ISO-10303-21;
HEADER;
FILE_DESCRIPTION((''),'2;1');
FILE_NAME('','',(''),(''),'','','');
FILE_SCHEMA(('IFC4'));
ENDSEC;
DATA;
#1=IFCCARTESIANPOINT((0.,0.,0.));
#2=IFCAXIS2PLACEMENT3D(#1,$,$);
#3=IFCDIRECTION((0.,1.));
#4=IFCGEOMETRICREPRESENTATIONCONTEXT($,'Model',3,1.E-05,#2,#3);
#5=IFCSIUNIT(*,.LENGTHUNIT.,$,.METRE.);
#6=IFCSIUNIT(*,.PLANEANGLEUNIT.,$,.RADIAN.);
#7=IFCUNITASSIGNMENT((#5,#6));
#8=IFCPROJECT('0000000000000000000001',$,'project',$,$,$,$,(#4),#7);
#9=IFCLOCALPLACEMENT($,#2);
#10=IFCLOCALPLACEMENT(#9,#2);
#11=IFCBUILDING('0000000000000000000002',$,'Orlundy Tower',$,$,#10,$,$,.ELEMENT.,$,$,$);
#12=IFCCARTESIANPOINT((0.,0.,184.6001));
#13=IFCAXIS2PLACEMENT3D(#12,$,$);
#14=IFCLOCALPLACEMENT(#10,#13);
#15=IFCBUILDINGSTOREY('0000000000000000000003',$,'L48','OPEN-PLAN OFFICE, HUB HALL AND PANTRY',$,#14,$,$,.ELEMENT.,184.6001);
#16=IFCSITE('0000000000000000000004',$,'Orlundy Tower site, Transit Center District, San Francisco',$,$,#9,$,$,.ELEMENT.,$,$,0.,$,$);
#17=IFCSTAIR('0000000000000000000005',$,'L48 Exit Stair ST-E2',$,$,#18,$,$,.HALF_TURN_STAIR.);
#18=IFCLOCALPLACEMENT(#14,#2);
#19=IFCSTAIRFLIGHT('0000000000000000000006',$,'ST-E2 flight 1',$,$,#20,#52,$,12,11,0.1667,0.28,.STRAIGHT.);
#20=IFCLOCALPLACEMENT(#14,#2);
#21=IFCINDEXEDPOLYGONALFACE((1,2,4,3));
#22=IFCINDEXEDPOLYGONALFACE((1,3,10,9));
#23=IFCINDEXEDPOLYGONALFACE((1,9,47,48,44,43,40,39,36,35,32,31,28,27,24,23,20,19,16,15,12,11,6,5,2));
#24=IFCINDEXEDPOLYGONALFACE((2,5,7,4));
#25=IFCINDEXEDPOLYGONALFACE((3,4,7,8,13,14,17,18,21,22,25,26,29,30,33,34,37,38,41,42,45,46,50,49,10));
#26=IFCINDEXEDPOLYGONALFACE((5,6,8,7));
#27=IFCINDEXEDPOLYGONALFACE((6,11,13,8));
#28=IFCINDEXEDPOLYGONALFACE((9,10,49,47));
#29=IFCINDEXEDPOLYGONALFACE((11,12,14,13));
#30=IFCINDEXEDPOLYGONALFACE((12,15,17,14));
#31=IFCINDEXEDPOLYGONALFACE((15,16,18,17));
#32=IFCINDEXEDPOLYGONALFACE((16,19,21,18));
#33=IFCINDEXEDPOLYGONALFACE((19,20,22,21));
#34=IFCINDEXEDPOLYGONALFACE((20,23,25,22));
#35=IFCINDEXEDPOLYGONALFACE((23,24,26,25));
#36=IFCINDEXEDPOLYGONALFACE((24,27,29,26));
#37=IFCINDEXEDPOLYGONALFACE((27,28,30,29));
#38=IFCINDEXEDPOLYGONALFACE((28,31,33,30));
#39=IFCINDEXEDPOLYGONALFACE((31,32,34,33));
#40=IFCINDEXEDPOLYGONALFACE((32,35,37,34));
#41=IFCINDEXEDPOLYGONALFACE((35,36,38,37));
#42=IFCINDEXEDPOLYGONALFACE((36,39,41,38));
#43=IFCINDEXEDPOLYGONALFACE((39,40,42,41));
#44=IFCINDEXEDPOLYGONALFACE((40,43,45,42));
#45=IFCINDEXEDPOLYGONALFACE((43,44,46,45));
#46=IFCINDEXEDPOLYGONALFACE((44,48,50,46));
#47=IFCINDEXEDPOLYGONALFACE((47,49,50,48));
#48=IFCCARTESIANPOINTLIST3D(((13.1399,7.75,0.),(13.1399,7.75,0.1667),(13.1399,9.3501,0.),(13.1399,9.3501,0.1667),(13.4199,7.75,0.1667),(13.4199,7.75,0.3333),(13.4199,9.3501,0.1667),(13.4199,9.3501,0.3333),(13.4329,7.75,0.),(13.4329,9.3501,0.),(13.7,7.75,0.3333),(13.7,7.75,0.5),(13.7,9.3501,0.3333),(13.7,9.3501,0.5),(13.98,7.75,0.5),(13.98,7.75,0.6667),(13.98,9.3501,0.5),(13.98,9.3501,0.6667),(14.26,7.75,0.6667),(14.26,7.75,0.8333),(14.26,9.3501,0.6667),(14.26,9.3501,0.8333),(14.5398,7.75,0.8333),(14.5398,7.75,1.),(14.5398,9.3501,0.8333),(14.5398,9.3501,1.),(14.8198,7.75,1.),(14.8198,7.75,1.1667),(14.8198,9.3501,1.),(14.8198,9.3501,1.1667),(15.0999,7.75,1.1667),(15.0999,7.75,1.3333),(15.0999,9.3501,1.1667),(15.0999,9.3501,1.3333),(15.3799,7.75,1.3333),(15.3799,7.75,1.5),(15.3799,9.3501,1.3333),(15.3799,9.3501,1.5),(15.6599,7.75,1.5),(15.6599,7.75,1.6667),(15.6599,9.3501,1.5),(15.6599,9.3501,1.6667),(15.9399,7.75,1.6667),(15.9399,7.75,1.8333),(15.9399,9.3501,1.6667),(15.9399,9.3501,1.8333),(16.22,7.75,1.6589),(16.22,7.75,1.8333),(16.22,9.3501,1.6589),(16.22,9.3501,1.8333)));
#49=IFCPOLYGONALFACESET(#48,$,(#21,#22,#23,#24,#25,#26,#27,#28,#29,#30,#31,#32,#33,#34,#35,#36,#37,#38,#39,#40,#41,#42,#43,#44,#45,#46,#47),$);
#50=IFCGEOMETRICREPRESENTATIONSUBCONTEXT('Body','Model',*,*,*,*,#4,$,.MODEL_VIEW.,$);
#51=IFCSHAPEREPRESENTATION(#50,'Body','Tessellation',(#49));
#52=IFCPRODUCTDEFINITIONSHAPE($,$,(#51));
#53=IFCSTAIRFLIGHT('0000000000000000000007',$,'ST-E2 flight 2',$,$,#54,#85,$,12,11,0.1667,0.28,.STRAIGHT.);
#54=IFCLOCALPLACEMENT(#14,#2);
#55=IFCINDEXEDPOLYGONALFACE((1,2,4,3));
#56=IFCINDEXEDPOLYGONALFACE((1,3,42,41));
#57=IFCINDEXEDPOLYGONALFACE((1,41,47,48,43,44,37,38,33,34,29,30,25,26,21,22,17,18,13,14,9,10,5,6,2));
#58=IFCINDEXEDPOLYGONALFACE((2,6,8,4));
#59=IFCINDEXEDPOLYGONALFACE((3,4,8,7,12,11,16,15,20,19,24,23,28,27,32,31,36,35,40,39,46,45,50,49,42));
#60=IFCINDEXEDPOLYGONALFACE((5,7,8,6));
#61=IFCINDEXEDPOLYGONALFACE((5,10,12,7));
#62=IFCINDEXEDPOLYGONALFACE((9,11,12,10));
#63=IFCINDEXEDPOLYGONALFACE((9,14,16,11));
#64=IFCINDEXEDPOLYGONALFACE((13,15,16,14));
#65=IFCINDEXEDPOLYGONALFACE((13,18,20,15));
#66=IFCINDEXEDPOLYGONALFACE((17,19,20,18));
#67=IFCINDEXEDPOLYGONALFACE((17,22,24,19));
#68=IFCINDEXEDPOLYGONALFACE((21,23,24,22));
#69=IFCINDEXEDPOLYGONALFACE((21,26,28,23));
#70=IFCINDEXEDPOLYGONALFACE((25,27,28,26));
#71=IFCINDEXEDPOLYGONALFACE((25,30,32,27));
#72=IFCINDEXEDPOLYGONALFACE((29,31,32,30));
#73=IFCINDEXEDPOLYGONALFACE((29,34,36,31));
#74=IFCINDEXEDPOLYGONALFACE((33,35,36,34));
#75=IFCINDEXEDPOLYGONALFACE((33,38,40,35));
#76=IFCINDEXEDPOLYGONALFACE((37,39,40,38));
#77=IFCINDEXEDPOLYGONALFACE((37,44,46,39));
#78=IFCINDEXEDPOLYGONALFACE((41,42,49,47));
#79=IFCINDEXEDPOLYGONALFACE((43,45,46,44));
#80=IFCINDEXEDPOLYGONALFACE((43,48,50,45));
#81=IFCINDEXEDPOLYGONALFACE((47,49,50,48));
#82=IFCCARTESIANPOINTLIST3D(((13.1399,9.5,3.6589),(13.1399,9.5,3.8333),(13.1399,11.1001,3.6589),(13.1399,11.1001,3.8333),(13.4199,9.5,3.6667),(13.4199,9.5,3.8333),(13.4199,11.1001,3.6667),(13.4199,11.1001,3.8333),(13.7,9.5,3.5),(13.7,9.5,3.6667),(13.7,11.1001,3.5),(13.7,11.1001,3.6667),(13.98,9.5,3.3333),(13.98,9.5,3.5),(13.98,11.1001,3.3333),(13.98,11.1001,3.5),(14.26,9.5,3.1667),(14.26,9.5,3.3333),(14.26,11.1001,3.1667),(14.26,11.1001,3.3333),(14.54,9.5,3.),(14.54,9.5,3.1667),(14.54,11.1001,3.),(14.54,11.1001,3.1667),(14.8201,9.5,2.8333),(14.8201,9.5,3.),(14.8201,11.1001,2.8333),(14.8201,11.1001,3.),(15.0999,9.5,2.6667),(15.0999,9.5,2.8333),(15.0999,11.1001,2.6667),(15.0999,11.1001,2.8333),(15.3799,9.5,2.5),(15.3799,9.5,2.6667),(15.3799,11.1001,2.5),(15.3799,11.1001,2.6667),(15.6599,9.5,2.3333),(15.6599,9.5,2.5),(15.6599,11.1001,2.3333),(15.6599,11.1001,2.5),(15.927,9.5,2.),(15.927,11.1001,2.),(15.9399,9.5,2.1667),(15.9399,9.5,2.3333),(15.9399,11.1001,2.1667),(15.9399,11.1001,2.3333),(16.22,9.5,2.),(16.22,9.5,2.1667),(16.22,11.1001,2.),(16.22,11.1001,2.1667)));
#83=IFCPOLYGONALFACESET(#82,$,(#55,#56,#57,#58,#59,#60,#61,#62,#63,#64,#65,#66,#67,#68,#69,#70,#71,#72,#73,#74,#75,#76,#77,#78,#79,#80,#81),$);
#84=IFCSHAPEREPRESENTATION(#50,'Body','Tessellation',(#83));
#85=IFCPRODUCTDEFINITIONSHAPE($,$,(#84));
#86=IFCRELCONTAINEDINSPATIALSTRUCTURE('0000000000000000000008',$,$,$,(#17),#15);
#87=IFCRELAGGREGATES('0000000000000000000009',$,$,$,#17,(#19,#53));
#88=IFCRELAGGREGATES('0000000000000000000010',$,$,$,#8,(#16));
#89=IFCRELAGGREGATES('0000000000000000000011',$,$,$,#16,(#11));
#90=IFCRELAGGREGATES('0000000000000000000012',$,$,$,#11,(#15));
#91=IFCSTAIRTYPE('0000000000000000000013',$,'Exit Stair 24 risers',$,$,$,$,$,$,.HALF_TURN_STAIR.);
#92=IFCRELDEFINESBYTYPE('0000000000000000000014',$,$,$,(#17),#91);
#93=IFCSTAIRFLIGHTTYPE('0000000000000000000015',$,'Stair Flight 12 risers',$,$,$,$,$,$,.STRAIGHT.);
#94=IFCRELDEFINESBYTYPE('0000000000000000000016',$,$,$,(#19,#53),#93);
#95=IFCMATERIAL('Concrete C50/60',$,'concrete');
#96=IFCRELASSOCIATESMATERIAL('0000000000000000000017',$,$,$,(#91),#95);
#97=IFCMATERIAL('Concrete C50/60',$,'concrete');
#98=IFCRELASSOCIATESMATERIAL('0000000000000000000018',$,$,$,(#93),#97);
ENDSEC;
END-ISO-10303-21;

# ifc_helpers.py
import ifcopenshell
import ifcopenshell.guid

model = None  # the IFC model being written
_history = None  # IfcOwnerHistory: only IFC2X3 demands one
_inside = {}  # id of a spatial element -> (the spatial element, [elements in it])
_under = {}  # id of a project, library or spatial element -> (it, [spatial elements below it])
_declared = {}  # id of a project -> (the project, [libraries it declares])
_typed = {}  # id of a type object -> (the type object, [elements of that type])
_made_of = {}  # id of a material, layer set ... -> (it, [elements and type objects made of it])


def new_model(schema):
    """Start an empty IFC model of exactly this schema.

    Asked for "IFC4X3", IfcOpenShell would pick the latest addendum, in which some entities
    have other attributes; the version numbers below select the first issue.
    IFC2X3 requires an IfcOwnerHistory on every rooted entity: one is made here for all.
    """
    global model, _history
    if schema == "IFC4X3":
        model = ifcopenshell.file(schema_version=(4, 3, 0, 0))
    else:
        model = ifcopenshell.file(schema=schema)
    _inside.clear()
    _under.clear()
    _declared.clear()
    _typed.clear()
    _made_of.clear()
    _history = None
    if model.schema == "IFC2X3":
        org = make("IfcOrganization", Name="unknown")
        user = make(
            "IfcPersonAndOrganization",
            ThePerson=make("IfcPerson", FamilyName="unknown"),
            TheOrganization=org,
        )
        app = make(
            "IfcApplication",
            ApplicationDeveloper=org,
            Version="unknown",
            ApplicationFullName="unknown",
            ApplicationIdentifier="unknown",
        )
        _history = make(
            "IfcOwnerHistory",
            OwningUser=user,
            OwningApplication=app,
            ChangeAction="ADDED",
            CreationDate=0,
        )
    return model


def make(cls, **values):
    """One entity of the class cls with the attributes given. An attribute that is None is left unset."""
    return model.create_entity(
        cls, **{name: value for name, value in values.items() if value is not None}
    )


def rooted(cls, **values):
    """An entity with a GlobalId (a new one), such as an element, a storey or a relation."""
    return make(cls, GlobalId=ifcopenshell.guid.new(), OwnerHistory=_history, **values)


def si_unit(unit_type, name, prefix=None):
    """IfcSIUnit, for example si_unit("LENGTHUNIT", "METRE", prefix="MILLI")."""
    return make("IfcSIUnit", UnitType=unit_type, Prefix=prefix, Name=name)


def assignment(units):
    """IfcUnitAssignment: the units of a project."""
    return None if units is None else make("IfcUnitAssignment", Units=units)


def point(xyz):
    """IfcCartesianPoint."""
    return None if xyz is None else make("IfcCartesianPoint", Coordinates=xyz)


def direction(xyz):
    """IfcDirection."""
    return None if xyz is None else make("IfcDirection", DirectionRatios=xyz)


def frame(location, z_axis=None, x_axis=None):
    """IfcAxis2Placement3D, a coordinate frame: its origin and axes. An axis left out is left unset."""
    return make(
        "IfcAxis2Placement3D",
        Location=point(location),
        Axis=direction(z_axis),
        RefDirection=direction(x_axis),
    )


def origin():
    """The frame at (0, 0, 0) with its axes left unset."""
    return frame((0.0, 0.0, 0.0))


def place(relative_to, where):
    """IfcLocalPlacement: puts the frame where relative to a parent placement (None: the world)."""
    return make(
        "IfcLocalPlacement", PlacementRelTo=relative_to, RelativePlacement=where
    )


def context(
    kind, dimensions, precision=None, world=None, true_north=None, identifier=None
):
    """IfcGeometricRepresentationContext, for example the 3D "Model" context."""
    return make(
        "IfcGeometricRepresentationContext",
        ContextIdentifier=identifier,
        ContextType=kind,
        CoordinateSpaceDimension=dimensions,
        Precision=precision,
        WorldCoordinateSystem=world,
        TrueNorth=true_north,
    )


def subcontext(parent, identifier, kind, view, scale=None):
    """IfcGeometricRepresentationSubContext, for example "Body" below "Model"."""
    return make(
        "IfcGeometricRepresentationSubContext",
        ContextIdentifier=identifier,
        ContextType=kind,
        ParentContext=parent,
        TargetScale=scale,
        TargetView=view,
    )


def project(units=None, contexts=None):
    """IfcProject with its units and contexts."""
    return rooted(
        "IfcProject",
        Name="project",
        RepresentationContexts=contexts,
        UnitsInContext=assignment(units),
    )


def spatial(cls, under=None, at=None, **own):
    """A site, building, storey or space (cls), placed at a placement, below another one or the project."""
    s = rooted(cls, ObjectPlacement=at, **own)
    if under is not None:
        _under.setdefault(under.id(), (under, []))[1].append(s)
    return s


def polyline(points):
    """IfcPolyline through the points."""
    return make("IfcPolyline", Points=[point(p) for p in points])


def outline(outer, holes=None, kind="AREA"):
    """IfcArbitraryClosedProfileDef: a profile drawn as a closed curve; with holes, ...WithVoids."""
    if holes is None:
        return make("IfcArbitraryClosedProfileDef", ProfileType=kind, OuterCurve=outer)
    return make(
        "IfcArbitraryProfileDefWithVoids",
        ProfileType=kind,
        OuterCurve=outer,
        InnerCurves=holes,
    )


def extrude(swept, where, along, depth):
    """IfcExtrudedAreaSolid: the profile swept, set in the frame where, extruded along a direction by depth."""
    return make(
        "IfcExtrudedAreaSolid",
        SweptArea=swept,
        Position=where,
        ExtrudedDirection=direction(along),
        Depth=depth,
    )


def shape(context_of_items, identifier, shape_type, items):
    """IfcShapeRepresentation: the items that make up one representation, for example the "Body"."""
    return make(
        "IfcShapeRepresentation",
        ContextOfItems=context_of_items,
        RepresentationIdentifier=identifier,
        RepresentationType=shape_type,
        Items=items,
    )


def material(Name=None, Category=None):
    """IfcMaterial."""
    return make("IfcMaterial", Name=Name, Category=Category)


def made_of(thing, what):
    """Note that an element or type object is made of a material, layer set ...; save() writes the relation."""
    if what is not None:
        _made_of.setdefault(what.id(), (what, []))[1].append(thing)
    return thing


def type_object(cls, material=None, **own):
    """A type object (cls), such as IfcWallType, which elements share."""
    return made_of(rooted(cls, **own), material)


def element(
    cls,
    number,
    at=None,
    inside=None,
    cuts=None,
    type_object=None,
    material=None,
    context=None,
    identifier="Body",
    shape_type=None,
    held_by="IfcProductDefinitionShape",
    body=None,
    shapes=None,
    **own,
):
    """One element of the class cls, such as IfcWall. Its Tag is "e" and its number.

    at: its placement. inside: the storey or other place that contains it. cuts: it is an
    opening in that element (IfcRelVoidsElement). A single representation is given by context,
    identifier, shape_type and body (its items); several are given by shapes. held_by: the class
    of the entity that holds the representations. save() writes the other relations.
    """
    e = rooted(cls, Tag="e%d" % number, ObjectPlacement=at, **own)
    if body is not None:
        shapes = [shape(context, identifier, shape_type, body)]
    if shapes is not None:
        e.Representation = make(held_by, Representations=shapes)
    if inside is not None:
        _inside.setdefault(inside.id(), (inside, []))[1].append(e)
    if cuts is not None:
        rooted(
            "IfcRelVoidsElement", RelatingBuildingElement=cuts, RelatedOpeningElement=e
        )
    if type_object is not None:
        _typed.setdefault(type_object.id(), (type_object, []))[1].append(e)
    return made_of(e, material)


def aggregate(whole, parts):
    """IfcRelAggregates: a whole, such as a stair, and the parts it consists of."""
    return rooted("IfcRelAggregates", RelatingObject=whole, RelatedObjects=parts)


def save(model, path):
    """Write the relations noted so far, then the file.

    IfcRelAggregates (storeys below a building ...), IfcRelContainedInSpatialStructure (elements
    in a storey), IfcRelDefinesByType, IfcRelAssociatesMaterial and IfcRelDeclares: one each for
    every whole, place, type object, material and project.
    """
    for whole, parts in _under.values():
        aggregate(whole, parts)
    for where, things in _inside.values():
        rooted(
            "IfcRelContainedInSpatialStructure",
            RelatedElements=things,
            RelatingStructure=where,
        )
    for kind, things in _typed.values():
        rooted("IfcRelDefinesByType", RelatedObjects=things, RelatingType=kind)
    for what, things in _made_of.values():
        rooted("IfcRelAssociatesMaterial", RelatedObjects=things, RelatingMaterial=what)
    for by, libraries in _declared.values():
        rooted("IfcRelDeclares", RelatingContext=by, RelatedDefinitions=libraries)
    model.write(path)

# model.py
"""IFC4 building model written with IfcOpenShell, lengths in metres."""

from ifc_helpers import new_model, si_unit, direction, frame, origin, place, context, subcontext, project, spatial, polyline, outline, extrude, material, type_object, element, aggregate, save


model = new_model("IFC4")

# Units and contexts
model_context = context("Model", 3, precision=1e-05, world=origin(), true_north=direction((0.0, 1.0)))
body_context = subcontext(model_context, "Body", "Model", "MODEL_VIEW")
ifc_project = project(units=[si_unit("LENGTHUNIT", "METRE"), si_unit("PLANEANGLEUNIT", "RADIAN")], contexts=[model_context])

# Site, building, storey
site_placement = place(None, origin())
site = spatial("IfcSite", under=ifc_project, at=site_placement, Name="Orlundy Tower site, Transit Center District, San Francisco", CompositionType="ELEMENT", RefElevation=0.0)
building_placement = place(site_placement, origin())
building = spatial("IfcBuilding", under=site, at=building_placement, Name="Orlundy Tower", CompositionType="ELEMENT")
storey_placement = place(building_placement, frame((0.0, 0.0, 184.6001)))
storey = spatial("IfcBuildingStorey", under=building, at=storey_placement, Name="L48", Description="OPEN-PLAN OFFICE, HUB HALL AND PANTRY", CompositionType="ELEMENT", Elevation=184.6001)

# Stair, stair flights
ifc_material_1 = material(Name="Concrete C50/60", Category="concrete")
stair_type = type_object("IfcStairType", Name="Exit Stair 24 risers", PredefinedType="HALF_TURN_STAIR", material=ifc_material_1)
stair_placement = place(storey_placement, origin())
stair = element("IfcStair", 1, at=stair_placement, inside=storey, type_object=stair_type, Name="L48 Exit Stair ST-E2", PredefinedType="HALF_TURN_STAIR")
ifc_material_2 = material(Name="Concrete C50/60", Category="concrete")
stair_flight_type = type_object("IfcStairFlightType", Name="Stair Flight 12 risers", PredefinedType="STRAIGHT", material=ifc_material_2)
stair_flight_1_placement = place(storey_placement, frame((13.1399, 8.55, 0.0), z_axis=(0.0, 0.0, 1.0), x_axis=(1.0, 0.0, 0.0)))
stair_flight_1 = element("IfcStairFlight", 2, at=stair_flight_1_placement, type_object=stair_flight_type, Name="ST-E2 flight 1", NumberOfRisers=12, NumberOfTreads=11, PredefinedType="STRAIGHT", RiserHeight=0.1667, TreadLength=0.28, context=body_context, shape_type="SweptSolid", body=[
    extrude(outline(polyline([(0.0, 0.0), (0.0, 0.1667), (0.28, 0.1667), (0.28, 0.3333), (0.5601, 0.3333), (0.5601, 0.5), (0.8401, 0.5), (0.8401, 0.6667), (1.1201, 0.6667), (1.1201, 0.8333), (1.3999, 0.8333), (1.3999, 1.0), (1.6799, 1.0), (1.6799, 1.1667), (1.96, 1.1667), (1.96, 1.3333), (2.24, 1.3333), (2.24, 1.5), (2.52, 1.5), (2.52, 1.6667), (2.8, 1.6667), (2.8, 1.8333), (3.0801, 1.8333), (3.0801, 2.0), (3.0801, 1.6589), (0.293, 0.0), (0.0, 0.0)])), frame((0.0, 0.8, 0.0), z_axis=(0.0, -1.0, 0.0), x_axis=(1.0, 0.0, 0.0)), (0.0, 0.0, 1.0), 1.6001),
])
stair_flight_2_placement = place(storey_placement, frame((16.22, 10.3, 2.0), z_axis=(0.0, 0.0, 1.0), x_axis=(-1.0, 0.0, 0.0)))
stair_flight_2 = element("IfcStairFlight", 3, at=stair_flight_2_placement, type_object=stair_flight_type, Name="ST-E2 flight 2", NumberOfRisers=12, NumberOfTreads=11, PredefinedType="STRAIGHT", RiserHeight=0.1667, TreadLength=0.28, context=body_context, shape_type="SweptSolid", body=[
    extrude(outline(polyline([(0.0, 0.0), (0.0, 0.1667), (0.28, 0.1667), (0.28, 0.3333), (0.5601, 0.3333), (0.5601, 0.5), (0.8401, 0.5), (0.8401, 0.6667), (1.1201, 0.6667), (1.1201, 0.8333), (1.3999, 0.8333), (1.3999, 1.0), (1.6799, 1.0), (1.6799, 1.1667), (1.96, 1.1667), (1.96, 1.3333), (2.24, 1.3333), (2.24, 1.5), (2.52, 1.5), (2.52, 1.6667), (2.8, 1.6667), (2.8, 1.8333), (3.0801, 1.8333), (3.0801, 2.0), (3.0801, 1.6589), (0.293, 0.0), (0.0, 0.0)])), frame((0.0, 0.8, 0.0), z_axis=(0.0, -1.0, 0.0), x_axis=(1.0, 0.0, 0.0)), (0.0, 0.0, 1.0), 1.6001),
])
aggregate(stair, [stair_flight_1, stair_flight_2])

save(model, "model.ifc")
